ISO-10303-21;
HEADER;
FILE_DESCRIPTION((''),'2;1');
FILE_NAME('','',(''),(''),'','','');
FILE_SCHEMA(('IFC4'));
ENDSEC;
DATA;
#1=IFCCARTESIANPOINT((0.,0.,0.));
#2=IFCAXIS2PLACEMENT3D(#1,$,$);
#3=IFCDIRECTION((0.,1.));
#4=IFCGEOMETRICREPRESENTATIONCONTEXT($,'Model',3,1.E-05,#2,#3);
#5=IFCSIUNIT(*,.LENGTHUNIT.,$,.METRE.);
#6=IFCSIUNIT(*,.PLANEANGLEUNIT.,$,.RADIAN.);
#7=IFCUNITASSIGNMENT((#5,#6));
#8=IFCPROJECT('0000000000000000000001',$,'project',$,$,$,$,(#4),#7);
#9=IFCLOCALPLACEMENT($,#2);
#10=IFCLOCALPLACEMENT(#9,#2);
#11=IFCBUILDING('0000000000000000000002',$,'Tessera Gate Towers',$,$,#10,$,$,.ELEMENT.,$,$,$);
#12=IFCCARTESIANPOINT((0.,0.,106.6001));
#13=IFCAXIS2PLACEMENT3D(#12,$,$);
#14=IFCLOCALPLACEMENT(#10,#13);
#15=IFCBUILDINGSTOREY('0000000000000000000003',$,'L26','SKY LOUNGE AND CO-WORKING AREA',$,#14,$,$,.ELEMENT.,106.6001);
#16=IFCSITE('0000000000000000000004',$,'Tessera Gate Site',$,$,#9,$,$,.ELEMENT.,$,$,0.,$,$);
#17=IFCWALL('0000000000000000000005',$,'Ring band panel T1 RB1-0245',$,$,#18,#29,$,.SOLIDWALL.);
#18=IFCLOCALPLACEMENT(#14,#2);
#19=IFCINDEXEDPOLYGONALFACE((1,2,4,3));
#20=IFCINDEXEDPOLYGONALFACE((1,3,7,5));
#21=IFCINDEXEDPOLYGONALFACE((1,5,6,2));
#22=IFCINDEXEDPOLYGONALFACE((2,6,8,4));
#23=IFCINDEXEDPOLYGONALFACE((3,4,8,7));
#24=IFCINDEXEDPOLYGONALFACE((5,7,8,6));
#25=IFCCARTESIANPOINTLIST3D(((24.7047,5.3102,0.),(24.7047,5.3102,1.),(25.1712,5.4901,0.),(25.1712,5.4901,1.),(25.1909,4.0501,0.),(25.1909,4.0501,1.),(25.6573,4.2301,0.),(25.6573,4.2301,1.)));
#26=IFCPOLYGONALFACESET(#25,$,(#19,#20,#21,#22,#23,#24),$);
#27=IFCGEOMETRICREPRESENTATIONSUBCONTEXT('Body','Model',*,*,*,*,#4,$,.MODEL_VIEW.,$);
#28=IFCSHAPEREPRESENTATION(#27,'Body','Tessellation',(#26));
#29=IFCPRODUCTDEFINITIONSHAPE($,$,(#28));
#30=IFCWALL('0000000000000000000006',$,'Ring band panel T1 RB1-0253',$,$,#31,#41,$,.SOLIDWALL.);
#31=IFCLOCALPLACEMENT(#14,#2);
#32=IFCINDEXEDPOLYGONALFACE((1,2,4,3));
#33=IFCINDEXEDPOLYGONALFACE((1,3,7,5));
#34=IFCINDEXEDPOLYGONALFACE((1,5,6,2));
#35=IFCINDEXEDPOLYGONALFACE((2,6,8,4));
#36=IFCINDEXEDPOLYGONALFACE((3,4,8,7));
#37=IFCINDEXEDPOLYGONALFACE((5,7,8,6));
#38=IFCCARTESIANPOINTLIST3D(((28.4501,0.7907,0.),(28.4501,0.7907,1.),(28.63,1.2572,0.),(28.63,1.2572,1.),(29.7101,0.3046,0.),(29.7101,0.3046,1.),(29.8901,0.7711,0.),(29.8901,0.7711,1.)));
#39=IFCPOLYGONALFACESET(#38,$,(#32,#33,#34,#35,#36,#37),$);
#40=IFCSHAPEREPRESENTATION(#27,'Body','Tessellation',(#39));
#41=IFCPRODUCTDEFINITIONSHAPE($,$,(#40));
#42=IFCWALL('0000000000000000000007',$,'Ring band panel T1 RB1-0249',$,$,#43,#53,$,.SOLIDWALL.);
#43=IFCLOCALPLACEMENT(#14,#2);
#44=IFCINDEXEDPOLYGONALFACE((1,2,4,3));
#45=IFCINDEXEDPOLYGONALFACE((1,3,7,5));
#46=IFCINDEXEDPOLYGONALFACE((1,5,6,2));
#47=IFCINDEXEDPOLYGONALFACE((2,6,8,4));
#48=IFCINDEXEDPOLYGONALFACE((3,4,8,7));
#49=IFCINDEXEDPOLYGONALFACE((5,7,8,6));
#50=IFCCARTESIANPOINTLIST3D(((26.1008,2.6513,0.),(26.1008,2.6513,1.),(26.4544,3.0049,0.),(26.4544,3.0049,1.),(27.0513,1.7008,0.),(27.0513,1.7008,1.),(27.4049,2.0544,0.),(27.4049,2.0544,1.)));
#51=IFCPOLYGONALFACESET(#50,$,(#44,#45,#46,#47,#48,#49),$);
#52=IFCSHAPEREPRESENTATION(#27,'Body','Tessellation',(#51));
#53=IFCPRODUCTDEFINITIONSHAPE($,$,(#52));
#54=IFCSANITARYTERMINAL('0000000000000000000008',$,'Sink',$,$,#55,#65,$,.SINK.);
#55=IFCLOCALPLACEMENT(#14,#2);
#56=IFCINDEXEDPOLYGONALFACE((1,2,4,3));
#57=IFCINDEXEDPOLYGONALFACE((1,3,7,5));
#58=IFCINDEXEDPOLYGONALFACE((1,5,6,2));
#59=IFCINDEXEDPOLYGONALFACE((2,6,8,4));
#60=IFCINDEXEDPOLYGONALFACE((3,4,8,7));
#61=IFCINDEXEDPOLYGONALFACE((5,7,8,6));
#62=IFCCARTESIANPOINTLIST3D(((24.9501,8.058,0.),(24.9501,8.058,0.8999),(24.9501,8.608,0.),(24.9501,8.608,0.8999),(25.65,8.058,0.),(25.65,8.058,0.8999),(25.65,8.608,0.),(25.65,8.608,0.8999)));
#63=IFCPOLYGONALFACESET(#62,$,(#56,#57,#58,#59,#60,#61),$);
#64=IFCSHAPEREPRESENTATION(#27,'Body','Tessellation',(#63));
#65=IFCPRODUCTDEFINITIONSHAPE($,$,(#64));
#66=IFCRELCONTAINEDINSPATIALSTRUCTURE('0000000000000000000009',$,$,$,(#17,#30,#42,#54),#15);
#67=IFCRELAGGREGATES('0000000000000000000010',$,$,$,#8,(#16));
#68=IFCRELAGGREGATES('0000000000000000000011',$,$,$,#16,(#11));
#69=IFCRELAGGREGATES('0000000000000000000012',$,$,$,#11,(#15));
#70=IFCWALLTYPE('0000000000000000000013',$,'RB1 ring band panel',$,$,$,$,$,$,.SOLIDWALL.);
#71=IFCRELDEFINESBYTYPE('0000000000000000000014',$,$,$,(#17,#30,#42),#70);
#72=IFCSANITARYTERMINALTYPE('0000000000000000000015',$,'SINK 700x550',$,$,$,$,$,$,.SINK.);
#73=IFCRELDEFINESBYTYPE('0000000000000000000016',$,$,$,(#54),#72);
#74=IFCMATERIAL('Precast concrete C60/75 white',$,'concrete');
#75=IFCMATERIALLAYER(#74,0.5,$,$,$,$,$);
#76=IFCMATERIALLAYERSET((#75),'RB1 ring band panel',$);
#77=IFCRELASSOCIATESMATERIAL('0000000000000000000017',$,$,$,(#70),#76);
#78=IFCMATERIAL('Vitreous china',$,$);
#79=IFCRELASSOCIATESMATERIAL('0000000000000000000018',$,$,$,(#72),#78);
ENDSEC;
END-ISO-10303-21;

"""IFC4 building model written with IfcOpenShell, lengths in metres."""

from ifc_helpers import new_model, si_unit, direction, frame, origin, origin_2d, place, context, subcontext, project, spatial, polyline, rectangle, outline, extrude, source, transform, mapped, material, layer, layer_set, type_object, element, save


model = new_model("IFC4")

# Units and contexts
model_context = context("Model", 3, precision=1e-05, world=origin(), true_north=direction((0.0, 1.0)))
body_context = subcontext(model_context, "Body", "Model", "MODEL_VIEW")
ifc_project = project(units=[si_unit("LENGTHUNIT", "METRE"), si_unit("PLANEANGLEUNIT", "RADIAN")], contexts=[model_context])

# Site, building, storey
site_placement = place(None, origin())
site = spatial("IfcSite", under=ifc_project, at=site_placement, Name="Tessera Gate Site", CompositionType="ELEMENT", RefElevation=0.0)
building_placement = place(site_placement, origin())
building = spatial("IfcBuilding", under=site, at=building_placement, Name="Tessera Gate Towers", CompositionType="ELEMENT")
storey_placement = place(building_placement, frame((0.0, 0.0, 106.6001)))
storey = spatial("IfcBuildingStorey", under=building, at=storey_placement, Name="L26", Description="SKY LOUNGE AND CO-WORKING AREA", CompositionType="ELEMENT", Elevation=106.6001)

# Walls
ifc_material_1 = material(Name="Precast concrete C60/75 white", Category="concrete")
ifc_layer_1 = layer(ifc_material_1, 0.5)
ifc_layer_set_1 = layer_set([ifc_layer_1], Name="RB1 ring band panel")
wall_type_1 = type_object("IfcWallType", Name="RB1 ring band panel", PredefinedType="SOLIDWALL", material=ifc_layer_set_1)
shared_shape_1 = source(origin(), body_context, "Body", "SweptSolid", [
    extrude(outline(polyline([(0.0, 0.0), (1.3506, 0.0), (1.3506, 1.0), (0.0, 1.0), (0.0, 0.0)])), frame((0.0, 0.25, 0.0), z_axis=(0.0, -1.0, 0.0), x_axis=(1.0, 0.0, 0.0)), (0.0, 0.0, 1.0), 0.5),
])
for number, where, z_axis, x_axis, name in (
    (1, (24.938, 5.4001, 0.0), (0.0, 0.0, 1.0), (0.359924, -0.932982, 0.0), "Ring band panel T1 RB1-0245"),
    (2, (28.54, 1.0239, 0.0), (0.0, 0.0, 1.0), (0.932982, -0.359924, 0.0), "Ring band panel T1 RB1-0253"),
):
    element("IfcWall", number, at=place(storey_placement, frame(where, z_axis=z_axis, x_axis=x_axis)), inside=storey, type_object=wall_type_1, Name=name, PredefinedType="SOLIDWALL", context=body_context, shape_type="MappedRepresentation", body=[
        mapped(shared_shape_1, transform((0.0, 0.0, 0.0), scale=1.0)),
    ])
shared_shape_2 = source(origin(), body_context, "Body", "SweptSolid", [
    extrude(outline(polyline([(0.0, 0.0), (1.3442, 0.0), (1.3442, 1.0), (0.0, 1.0), (0.0, 0.0)])), frame((0.0, 0.25, 0.0), z_axis=(0.0, -1.0, 0.0), x_axis=(1.0, 0.0, 0.0)), (0.0, 0.0, 1.0), 0.5),
])
wall_1_placement = place(storey_placement, frame((26.2776, 2.8281, 0.0), z_axis=(0.0, 0.0, 1.0), x_axis=(0.707107, -0.707107, 0.0)))
element("IfcWall", 3, at=wall_1_placement, inside=storey, type_object=wall_type_1, Name="Ring band panel T1 RB1-0249", PredefinedType="SOLIDWALL", context=body_context, shape_type="MappedRepresentation", body=[
    mapped(shared_shape_2, transform((0.0, 0.0, 0.0), scale=1.0)),
])

# Sanitary terminal
ifc_material_2 = material(Name="Vitreous china")
sanitary_terminal_type = type_object("IfcSanitaryTerminalType", Name="SINK 700x550", PredefinedType="SINK", material=ifc_material_2)
sanitary_terminal_placement = place(storey_placement, frame((25.3, 8.333, 0.0), z_axis=(0.0, 0.0, 1.0), x_axis=(1.0, 0.0, 0.0)))
element("IfcSanitaryTerminal", 4, at=sanitary_terminal_placement, inside=storey, type_object=sanitary_terminal_type, Name="Sink", PredefinedType="SINK", context=body_context, shape_type="SweptSolid", body=[
    extrude(rectangle(XDim=0.7, YDim=0.55, at=origin_2d()), origin(), (0.0, 0.0, 1.0), 0.8999),
])

save(model, "model.ifc")
